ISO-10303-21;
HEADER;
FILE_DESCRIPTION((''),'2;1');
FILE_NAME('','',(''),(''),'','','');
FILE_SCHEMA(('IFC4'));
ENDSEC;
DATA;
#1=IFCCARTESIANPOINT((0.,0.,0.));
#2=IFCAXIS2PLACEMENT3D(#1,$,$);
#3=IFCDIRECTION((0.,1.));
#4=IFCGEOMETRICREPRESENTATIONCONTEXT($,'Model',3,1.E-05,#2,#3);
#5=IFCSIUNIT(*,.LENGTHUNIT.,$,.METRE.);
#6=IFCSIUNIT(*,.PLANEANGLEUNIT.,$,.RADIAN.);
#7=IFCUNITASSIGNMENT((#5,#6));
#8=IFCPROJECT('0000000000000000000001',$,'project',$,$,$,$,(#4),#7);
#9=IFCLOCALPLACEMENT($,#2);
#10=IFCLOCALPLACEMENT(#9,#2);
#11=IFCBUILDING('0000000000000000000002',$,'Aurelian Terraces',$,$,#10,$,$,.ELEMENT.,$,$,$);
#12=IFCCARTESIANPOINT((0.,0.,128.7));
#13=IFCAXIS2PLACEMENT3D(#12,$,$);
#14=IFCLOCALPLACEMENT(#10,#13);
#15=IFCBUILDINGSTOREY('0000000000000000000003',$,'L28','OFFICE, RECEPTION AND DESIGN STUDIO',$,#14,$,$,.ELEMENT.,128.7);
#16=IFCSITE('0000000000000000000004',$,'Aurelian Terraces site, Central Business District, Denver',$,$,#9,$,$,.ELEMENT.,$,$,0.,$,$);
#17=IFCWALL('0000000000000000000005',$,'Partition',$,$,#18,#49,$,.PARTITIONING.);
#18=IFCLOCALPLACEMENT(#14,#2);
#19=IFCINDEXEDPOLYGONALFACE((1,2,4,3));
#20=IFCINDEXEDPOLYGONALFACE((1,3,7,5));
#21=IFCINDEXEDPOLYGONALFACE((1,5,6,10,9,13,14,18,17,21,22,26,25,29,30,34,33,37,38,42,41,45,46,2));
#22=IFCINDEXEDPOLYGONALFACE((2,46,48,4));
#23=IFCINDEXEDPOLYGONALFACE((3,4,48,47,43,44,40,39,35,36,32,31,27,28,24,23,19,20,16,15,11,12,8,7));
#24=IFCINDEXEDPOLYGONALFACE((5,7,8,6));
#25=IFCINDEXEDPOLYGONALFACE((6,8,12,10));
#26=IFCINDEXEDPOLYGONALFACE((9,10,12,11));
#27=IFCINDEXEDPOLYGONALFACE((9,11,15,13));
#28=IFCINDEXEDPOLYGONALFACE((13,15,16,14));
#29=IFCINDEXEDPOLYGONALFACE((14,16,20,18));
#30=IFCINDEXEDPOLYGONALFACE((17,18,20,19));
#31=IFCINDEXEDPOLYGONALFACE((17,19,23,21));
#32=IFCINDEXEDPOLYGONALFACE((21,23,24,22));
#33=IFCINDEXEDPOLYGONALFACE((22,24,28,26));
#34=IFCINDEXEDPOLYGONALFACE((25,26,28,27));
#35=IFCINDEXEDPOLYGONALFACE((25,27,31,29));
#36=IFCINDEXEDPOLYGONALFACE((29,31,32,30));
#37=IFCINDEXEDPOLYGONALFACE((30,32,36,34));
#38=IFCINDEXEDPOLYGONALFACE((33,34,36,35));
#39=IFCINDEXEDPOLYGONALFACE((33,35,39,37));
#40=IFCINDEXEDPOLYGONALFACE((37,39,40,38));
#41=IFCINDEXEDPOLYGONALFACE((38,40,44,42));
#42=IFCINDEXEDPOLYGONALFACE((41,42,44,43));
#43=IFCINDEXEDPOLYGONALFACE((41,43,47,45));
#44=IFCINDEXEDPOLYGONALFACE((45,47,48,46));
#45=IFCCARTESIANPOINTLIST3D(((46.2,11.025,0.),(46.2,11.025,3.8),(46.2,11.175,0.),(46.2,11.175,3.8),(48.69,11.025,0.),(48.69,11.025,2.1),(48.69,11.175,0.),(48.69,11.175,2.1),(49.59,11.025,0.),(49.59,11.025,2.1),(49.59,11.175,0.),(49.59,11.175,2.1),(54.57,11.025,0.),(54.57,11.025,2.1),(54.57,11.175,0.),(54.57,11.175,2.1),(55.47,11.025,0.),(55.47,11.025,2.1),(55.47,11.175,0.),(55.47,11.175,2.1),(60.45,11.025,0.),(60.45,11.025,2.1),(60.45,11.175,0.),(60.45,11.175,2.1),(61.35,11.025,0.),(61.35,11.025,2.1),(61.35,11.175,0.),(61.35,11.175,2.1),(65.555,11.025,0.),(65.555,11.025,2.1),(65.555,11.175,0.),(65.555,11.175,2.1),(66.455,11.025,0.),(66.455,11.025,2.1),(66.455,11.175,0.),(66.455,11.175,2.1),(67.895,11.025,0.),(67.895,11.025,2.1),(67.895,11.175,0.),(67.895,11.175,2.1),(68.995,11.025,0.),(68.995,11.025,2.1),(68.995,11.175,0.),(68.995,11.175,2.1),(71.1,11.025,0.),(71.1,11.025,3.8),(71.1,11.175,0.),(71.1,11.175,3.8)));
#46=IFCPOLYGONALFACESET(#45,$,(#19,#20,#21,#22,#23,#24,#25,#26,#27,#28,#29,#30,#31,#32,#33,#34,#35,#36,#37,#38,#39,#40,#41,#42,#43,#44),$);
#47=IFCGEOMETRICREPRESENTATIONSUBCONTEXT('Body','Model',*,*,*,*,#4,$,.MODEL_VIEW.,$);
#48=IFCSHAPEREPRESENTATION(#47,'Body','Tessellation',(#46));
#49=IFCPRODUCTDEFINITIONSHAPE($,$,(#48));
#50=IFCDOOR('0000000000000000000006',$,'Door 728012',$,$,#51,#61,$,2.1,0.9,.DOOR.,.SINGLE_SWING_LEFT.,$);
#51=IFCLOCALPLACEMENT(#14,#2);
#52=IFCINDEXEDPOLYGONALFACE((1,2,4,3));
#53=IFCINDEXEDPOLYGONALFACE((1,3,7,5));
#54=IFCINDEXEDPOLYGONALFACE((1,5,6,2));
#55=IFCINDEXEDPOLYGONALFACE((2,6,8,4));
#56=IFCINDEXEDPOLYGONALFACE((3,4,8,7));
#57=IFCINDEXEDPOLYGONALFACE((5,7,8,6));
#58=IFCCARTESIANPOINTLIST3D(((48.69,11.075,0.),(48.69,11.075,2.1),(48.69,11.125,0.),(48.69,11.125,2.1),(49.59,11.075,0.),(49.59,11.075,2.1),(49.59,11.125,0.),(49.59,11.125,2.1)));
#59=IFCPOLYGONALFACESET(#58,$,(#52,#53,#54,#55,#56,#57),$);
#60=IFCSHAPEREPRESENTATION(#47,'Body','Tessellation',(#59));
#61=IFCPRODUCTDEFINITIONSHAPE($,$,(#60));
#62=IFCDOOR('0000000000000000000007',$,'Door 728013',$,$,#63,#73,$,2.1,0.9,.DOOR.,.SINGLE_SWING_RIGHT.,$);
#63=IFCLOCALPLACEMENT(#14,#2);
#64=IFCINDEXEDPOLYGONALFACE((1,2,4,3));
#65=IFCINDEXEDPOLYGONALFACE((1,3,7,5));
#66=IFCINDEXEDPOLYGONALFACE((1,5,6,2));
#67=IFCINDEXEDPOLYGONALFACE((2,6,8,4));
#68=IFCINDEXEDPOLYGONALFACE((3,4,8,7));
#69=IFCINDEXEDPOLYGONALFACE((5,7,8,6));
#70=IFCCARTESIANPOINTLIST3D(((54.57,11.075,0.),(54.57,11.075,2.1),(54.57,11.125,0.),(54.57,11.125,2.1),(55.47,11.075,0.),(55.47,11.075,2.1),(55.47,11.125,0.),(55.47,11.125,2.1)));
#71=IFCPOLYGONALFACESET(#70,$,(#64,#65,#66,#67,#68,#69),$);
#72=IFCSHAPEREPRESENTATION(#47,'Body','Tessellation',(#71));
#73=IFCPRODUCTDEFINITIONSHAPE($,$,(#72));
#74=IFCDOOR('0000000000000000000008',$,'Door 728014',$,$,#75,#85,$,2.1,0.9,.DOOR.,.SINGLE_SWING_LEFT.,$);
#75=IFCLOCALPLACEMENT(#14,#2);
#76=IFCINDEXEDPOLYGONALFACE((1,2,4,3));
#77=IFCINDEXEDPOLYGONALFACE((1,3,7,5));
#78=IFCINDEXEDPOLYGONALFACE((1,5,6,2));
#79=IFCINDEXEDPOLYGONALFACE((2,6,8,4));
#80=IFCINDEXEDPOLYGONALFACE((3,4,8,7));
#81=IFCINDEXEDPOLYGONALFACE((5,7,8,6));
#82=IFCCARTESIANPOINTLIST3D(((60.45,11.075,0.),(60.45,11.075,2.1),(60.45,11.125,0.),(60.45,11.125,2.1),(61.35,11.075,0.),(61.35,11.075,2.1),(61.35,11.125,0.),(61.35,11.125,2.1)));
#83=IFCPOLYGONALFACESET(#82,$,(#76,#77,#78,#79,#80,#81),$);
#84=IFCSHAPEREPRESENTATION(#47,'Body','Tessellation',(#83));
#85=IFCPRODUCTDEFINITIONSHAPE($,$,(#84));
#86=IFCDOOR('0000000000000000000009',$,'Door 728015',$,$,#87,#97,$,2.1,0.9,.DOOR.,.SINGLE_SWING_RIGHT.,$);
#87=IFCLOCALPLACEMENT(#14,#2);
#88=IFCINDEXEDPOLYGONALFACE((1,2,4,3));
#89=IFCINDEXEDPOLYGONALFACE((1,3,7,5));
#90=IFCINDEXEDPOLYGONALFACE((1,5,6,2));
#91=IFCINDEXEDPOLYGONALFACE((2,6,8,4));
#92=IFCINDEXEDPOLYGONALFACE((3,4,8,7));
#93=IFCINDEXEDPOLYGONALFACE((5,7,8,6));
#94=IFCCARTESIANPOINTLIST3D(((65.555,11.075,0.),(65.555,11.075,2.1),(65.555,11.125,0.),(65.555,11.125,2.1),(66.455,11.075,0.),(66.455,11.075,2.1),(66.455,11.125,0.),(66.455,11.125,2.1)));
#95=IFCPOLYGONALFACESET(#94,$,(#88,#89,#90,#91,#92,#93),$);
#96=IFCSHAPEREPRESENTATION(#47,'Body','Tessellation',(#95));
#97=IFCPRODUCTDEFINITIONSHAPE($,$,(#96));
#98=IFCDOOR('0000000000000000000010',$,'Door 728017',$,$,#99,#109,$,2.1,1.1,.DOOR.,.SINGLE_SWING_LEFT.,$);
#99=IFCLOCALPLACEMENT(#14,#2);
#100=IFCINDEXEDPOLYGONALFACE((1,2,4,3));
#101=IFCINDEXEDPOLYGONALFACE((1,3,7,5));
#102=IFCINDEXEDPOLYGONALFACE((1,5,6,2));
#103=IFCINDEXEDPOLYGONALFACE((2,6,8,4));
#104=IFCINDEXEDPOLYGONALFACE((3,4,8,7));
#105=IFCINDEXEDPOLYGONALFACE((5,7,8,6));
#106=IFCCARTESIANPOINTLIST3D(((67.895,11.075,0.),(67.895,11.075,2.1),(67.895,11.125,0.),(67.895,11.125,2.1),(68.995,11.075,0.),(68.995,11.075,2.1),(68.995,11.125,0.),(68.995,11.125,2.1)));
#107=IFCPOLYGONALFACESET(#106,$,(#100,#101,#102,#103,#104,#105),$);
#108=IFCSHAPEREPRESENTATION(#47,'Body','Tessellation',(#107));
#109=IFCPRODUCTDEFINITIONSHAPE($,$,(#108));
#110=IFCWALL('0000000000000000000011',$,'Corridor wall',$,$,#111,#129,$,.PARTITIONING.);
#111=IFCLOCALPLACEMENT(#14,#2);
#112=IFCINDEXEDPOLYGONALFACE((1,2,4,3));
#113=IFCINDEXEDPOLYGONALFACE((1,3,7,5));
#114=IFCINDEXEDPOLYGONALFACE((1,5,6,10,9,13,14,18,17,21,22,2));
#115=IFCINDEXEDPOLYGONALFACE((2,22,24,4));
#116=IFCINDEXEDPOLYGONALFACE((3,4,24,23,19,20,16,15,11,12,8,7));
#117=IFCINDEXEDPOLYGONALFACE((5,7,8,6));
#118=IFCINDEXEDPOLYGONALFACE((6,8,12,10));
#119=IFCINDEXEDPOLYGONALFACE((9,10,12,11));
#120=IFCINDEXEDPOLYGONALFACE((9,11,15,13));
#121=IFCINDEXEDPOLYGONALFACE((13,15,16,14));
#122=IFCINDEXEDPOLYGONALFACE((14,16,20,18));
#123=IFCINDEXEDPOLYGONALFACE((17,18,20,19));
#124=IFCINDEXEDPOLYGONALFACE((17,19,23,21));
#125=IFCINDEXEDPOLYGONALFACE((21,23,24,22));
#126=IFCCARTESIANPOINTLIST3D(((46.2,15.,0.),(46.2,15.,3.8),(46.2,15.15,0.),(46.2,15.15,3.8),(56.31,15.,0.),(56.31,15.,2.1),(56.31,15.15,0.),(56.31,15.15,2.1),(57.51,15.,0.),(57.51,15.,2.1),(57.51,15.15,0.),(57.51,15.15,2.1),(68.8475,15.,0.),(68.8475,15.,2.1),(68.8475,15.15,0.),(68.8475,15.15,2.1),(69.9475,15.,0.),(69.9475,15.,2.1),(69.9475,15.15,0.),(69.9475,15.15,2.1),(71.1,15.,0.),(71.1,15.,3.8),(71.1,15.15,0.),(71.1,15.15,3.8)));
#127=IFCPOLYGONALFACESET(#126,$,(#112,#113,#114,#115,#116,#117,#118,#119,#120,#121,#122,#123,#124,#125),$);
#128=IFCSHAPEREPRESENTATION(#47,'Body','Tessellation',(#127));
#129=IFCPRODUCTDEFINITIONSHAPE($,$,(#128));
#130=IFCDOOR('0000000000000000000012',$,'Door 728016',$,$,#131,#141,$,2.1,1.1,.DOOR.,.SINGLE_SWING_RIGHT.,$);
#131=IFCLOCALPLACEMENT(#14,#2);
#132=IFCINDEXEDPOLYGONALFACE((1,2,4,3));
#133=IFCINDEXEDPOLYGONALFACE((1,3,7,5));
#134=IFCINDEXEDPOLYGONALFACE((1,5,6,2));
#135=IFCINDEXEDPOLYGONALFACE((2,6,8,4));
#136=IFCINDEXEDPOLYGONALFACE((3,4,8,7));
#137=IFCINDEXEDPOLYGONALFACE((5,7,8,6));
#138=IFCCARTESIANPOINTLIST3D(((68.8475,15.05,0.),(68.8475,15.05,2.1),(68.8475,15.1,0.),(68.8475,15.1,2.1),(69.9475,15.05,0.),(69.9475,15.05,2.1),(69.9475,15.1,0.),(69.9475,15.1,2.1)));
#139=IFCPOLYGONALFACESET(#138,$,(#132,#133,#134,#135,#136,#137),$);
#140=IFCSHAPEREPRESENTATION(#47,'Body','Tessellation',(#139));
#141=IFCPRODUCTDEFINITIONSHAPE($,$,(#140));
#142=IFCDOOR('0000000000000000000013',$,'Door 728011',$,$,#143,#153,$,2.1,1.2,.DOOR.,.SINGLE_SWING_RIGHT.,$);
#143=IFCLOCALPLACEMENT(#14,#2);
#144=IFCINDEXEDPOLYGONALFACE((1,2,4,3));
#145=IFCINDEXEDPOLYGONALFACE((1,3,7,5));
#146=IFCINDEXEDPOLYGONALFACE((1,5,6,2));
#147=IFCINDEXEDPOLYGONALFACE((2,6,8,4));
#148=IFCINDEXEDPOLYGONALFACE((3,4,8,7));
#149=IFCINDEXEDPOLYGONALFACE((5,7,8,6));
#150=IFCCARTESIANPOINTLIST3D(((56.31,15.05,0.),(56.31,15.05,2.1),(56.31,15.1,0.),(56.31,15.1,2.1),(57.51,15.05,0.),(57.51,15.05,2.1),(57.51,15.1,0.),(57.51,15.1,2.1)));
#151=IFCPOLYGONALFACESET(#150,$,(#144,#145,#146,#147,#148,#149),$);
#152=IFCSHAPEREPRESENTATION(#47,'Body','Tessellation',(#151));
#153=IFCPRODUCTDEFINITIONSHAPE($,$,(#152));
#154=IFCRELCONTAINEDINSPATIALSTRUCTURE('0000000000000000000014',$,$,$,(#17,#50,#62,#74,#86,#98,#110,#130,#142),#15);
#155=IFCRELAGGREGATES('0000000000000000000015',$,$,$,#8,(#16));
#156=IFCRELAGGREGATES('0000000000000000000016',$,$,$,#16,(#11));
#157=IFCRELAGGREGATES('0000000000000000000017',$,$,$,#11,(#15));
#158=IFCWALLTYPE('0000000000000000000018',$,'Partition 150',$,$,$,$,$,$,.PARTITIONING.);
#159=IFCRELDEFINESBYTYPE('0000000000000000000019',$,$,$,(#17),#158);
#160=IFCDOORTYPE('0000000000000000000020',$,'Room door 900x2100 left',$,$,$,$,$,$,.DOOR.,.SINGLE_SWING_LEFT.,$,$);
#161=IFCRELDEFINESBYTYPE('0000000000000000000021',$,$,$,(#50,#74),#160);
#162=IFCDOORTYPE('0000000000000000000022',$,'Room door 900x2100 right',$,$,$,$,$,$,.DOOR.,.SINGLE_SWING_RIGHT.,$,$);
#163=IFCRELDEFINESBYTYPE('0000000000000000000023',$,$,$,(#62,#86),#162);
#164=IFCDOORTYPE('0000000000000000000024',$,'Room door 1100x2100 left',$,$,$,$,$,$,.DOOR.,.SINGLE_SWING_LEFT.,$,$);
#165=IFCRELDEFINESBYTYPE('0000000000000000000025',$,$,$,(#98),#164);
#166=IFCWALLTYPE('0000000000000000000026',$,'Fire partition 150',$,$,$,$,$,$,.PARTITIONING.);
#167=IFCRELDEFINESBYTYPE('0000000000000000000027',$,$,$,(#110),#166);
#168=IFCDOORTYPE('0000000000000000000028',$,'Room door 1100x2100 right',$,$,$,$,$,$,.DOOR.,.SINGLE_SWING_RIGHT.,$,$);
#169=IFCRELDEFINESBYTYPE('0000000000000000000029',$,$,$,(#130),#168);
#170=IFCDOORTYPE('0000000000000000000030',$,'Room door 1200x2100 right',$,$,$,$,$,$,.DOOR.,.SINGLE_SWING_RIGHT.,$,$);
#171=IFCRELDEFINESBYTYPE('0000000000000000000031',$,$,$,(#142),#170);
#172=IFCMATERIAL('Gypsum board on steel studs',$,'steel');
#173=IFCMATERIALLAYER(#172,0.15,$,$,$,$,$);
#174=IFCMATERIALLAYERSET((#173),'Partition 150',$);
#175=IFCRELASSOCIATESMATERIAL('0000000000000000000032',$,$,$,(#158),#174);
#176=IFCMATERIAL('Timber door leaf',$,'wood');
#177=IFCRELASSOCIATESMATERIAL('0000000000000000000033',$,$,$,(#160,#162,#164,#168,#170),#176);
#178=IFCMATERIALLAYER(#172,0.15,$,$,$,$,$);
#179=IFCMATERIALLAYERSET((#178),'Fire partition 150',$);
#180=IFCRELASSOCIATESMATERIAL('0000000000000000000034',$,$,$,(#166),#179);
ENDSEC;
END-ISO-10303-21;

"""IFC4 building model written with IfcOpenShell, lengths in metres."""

from ifc_helpers import new_model, si_unit, direction, frame, frame_2d, origin, place, context, subcontext, project, spatial, rectangle, extrude, source, transform, mapped, material, layer, layer_set, type_object, element, fill, save


model = new_model("IFC4")

# Units and contexts
model_context = context("Model", 3, precision=1e-05, world=origin(), true_north=direction((0.0, 1.0)))
body_context = subcontext(model_context, "Body", "Model", "MODEL_VIEW")
ifc_project = project(units=[si_unit("LENGTHUNIT", "METRE"), si_unit("PLANEANGLEUNIT", "RADIAN")], contexts=[model_context])

# Site, building, storey
site_placement = place(None, origin())
site = spatial("IfcSite", under=ifc_project, at=site_placement, Name="Aurelian Terraces site, Central Business District, Denver", CompositionType="ELEMENT", RefElevation=0.0)
building_placement = place(site_placement, origin())
building = spatial("IfcBuilding", under=site, at=building_placement, Name="Aurelian Terraces", CompositionType="ELEMENT")
storey_placement = place(building_placement, frame((0.0, 0.0, 128.7)))
storey = spatial("IfcBuildingStorey", under=building, at=storey_placement, Name="L28", Description="OFFICE, RECEPTION AND DESIGN STUDIO", CompositionType="ELEMENT", Elevation=128.7)

# Walls, openings, doors
ifc_material_1 = material(Name="Gypsum board on steel studs", Category="steel")
ifc_layer_1 = layer(ifc_material_1, 0.15)
ifc_layer_set_1 = layer_set([ifc_layer_1], Name="Partition 150")
wall_type_1 = type_object("IfcWallType", Name="Partition 150", PredefinedType="PARTITIONING", material=ifc_layer_set_1)
shared_shape_1 = source(origin(), body_context, "Body", "SweptSolid", [
    extrude(rectangle(XDim=24.9, YDim=0.15, at=frame_2d((12.45, 0.0))), origin(), (0.0, 0.0, 1.0), 3.8),
])
wall_1_placement = place(storey_placement, frame((71.1, 11.1, 0.0), z_axis=(0.0, 0.0, 1.0), x_axis=(-1.0, 0.0, 0.0)))
wall_1 = element("IfcWall", 1, at=wall_1_placement, inside=storey, type_object=wall_type_1, Name="Partition", PredefinedType="PARTITIONING", context=body_context, shape_type="MappedRepresentation", body=[
    mapped(shared_shape_1, transform((0.0, 0.0, 0.0), scale=1.0)),
])
shared_shape_2 = source(origin(), body_context, "Body", "SweptSolid", [
    extrude(rectangle(XDim=0.9, YDim=2.1, at=frame_2d((0.45, 1.05))), frame((0.0, 0.085, 0.0), z_axis=(0.0, -1.0, 0.0), x_axis=(1.0, 0.0, 0.0)), (0.0, 0.0, 1.0), 0.17),
])
opening_1_placement = place(wall_1_placement, frame((21.51, 0.0, 0.0)))
opening_1 = element("IfcOpeningElement", 2, at=opening_1_placement, cuts=wall_1, PredefinedType="OPENING", context=body_context, shape_type="MappedRepresentation", body=[
    mapped(shared_shape_2, transform((0.0, 0.0, 0.0), scale=1.0)),
])
opening_2_placement = place(wall_1_placement, frame((15.63, 0.0, 0.0)))
opening_2 = element("IfcOpeningElement", 3, at=opening_2_placement, cuts=wall_1, PredefinedType="OPENING", context=body_context, shape_type="MappedRepresentation", body=[
    mapped(shared_shape_2, transform((0.0, 0.0, 0.0), scale=1.0)),
])
opening_3_placement = place(wall_1_placement, frame((9.75, 0.0, 0.0)))
opening_3 = element("IfcOpeningElement", 4, at=opening_3_placement, cuts=wall_1, PredefinedType="OPENING", context=body_context, shape_type="MappedRepresentation", body=[
    mapped(shared_shape_2, transform((0.0, 0.0, 0.0), scale=1.0)),
])
opening_4_placement = place(wall_1_placement, frame((4.645, 0.0, 0.0)))
opening_4 = element("IfcOpeningElement", 5, at=opening_4_placement, cuts=wall_1, PredefinedType="OPENING", context=body_context, shape_type="MappedRepresentation", body=[
    mapped(shared_shape_2, transform((0.0, 0.0, 0.0), scale=1.0)),
])
shared_shape_3 = source(origin(), body_context, "Body", "SweptSolid", [
    extrude(rectangle(XDim=1.1, YDim=2.1, at=frame_2d((0.55, 1.05))), frame((0.0, 0.085, 0.0), z_axis=(0.0, -1.0, 0.0), x_axis=(1.0, 0.0, 0.0)), (0.0, 0.0, 1.0), 0.17),
])
opening_5_placement = place(wall_1_placement, frame((2.105, 0.0, 0.0)))
opening_5 = element("IfcOpeningElement", 6, at=opening_5_placement, cuts=wall_1, PredefinedType="OPENING", context=body_context, shape_type="MappedRepresentation", body=[
    mapped(shared_shape_3, transform((0.0, 0.0, 0.0), scale=1.0)),
])
ifc_material_2 = material(Name="Timber door leaf", Category="wood")
door_type_1 = type_object("IfcDoorType", Name="Room door 900x2100 left", OperationType="SINGLE_SWING_LEFT", PredefinedType="DOOR", material=ifc_material_2)
shared_shape_4 = source(origin(), body_context, "Body", "SweptSolid", [
    extrude(rectangle(XDim=0.9, YDim=2.1, at=frame_2d((0.45, 1.05))), frame((0.0, 0.025, 0.0), z_axis=(0.0, -1.0, 0.0), x_axis=(1.0, 0.0, 0.0)), (0.0, 0.0, 1.0), 0.05),
])
door_1_placement = place(opening_1_placement, origin())
door_1 = element("IfcDoor", 7, at=door_1_placement, inside=storey, type_object=door_type_1, Name="Door 728012", OperationType="SINGLE_SWING_LEFT", OverallHeight=2.1, OverallWidth=0.9, PredefinedType="DOOR", context=body_context, shape_type="MappedRepresentation", body=[
    mapped(shared_shape_4, transform((0.0, 0.0, 0.0), scale=1.0)),
])
fill(opening_1, door_1)
door_type_2 = type_object("IfcDoorType", Name="Room door 900x2100 right", OperationType="SINGLE_SWING_RIGHT", PredefinedType="DOOR", material=ifc_material_2)
door_2_placement = place(opening_2_placement, origin())
door_2 = element("IfcDoor", 8, at=door_2_placement, inside=storey, type_object=door_type_2, Name="Door 728013", OperationType="SINGLE_SWING_RIGHT", OverallHeight=2.1, OverallWidth=0.9, PredefinedType="DOOR", context=body_context, shape_type="MappedRepresentation", body=[
    mapped(shared_shape_4, transform((0.0, 0.0, 0.0), scale=1.0)),
])
fill(opening_2, door_2)
door_3_placement = place(opening_3_placement, origin())
door_3 = element("IfcDoor", 9, at=door_3_placement, inside=storey, type_object=door_type_1, Name="Door 728014", OperationType="SINGLE_SWING_LEFT", OverallHeight=2.1, OverallWidth=0.9, PredefinedType="DOOR", context=body_context, shape_type="MappedRepresentation", body=[
    mapped(shared_shape_4, transform((0.0, 0.0, 0.0), scale=1.0)),
])
fill(opening_3, door_3)
door_4_placement = place(opening_4_placement, origin())
door_4 = element("IfcDoor", 10, at=door_4_placement, inside=storey, type_object=door_type_2, Name="Door 728015", OperationType="SINGLE_SWING_RIGHT", OverallHeight=2.1, OverallWidth=0.9, PredefinedType="DOOR", context=body_context, shape_type="MappedRepresentation", body=[
    mapped(shared_shape_4, transform((0.0, 0.0, 0.0), scale=1.0)),
])
fill(opening_4, door_4)
door_type_3 = type_object("IfcDoorType", Name="Room door 1100x2100 left", OperationType="SINGLE_SWING_LEFT", PredefinedType="DOOR", material=ifc_material_2)
shared_shape_5 = source(origin(), body_context, "Body", "SweptSolid", [
    extrude(rectangle(XDim=1.1, YDim=2.1, at=frame_2d((0.55, 1.05))), frame((0.0, 0.025, 0.0), z_axis=(0.0, -1.0, 0.0), x_axis=(1.0, 0.0, 0.0)), (0.0, 0.0, 1.0), 0.05),
])
door_5_placement = place(opening_5_placement, origin())
door_5 = element("IfcDoor", 11, at=door_5_placement, inside=storey, type_object=door_type_3, Name="Door 728017", OperationType="SINGLE_SWING_LEFT", OverallHeight=2.1, OverallWidth=1.1, PredefinedType="DOOR", context=body_context, shape_type="MappedRepresentation", body=[
    mapped(shared_shape_5, transform((0.0, 0.0, 0.0), scale=1.0)),
])
fill(opening_5, door_5)
ifc_layer_2 = layer(ifc_material_1, 0.15)
ifc_layer_set_2 = layer_set([ifc_layer_2], Name="Fire partition 150")
wall_type_2 = type_object("IfcWallType", Name="Fire partition 150", PredefinedType="PARTITIONING", material=ifc_layer_set_2)
wall_2_placement = place(storey_placement, frame((71.1, 15.075, 0.0), z_axis=(0.0, 0.0, 1.0), x_axis=(-1.0, 0.0, 0.0)))
wall_2 = element("IfcWall", 12, at=wall_2_placement, inside=storey, type_object=wall_type_2, Name="Corridor wall", PredefinedType="PARTITIONING", context=body_context, shape_type="MappedRepresentation", body=[
    mapped(shared_shape_1, transform((0.0, 0.0, 0.0), scale=1.0)),
])
shared_shape_6 = source(origin(), body_context, "Body", "SweptSolid", [
    extrude(rectangle(XDim=1.2, YDim=2.1, at=frame_2d((0.6, 1.05))), frame((0.0, 0.085, 0.0), z_axis=(0.0, -1.0, 0.0), x_axis=(1.0, 0.0, 0.0)), (0.0, 0.0, 1.0), 0.17),
])
opening_6_placement = place(wall_2_placement, frame((13.59, 0.0, 0.0)))
opening_6 = element("IfcOpeningElement", 13, at=opening_6_placement, cuts=wall_2, PredefinedType="OPENING", context=body_context, shape_type="MappedRepresentation", body=[
    mapped(shared_shape_6, transform((0.0, 0.0, 0.0), scale=1.0)),
])
opening_7_placement = place(wall_2_placement, frame((1.1525, 0.0, 0.0)))
opening_7 = element("IfcOpeningElement", 14, at=opening_7_placement, cuts=wall_2, PredefinedType="OPENING", context=body_context, shape_type="MappedRepresentation", body=[
    mapped(shared_shape_3, transform((0.0, 0.0, 0.0), scale=1.0)),
])
door_type_4 = type_object("IfcDoorType", Name="Room door 1100x2100 right", OperationType="SINGLE_SWING_RIGHT", PredefinedType="DOOR", material=ifc_material_2)
door_6_placement = place(opening_7_placement, origin())
door_6 = element("IfcDoor", 15, at=door_6_placement, inside=storey, type_object=door_type_4, Name="Door 728016", OperationType="SINGLE_SWING_RIGHT", OverallHeight=2.1, OverallWidth=1.1, PredefinedType="DOOR", context=body_context, shape_type="MappedRepresentation", body=[
    mapped(shared_shape_5, transform((0.0, 0.0, 0.0), scale=1.0)),
])
fill(opening_7, door_6)
door_type_5 = type_object("IfcDoorType", Name="Room door 1200x2100 right", OperationType="SINGLE_SWING_RIGHT", PredefinedType="DOOR", material=ifc_material_2)
shared_shape_7 = source(origin(), body_context, "Body", "SweptSolid", [
    extrude(rectangle(XDim=1.2, YDim=2.1, at=frame_2d((0.6, 1.05))), frame((0.0, 0.025, 0.0), z_axis=(0.0, -1.0, 0.0), x_axis=(1.0, 0.0, 0.0)), (0.0, 0.0, 1.0), 0.05),
])
door_7_placement = place(opening_6_placement, origin())
door_7 = element("IfcDoor", 16, at=door_7_placement, inside=storey, type_object=door_type_5, Name="Door 728011", OperationType="SINGLE_SWING_RIGHT", OverallHeight=2.1, OverallWidth=1.2, PredefinedType="DOOR", context=body_context, shape_type="MappedRepresentation", body=[
    mapped(shared_shape_7, transform((0.0, 0.0, 0.0), scale=1.0)),
])
fill(opening_6, door_7)

save(model, "model.ifc")
